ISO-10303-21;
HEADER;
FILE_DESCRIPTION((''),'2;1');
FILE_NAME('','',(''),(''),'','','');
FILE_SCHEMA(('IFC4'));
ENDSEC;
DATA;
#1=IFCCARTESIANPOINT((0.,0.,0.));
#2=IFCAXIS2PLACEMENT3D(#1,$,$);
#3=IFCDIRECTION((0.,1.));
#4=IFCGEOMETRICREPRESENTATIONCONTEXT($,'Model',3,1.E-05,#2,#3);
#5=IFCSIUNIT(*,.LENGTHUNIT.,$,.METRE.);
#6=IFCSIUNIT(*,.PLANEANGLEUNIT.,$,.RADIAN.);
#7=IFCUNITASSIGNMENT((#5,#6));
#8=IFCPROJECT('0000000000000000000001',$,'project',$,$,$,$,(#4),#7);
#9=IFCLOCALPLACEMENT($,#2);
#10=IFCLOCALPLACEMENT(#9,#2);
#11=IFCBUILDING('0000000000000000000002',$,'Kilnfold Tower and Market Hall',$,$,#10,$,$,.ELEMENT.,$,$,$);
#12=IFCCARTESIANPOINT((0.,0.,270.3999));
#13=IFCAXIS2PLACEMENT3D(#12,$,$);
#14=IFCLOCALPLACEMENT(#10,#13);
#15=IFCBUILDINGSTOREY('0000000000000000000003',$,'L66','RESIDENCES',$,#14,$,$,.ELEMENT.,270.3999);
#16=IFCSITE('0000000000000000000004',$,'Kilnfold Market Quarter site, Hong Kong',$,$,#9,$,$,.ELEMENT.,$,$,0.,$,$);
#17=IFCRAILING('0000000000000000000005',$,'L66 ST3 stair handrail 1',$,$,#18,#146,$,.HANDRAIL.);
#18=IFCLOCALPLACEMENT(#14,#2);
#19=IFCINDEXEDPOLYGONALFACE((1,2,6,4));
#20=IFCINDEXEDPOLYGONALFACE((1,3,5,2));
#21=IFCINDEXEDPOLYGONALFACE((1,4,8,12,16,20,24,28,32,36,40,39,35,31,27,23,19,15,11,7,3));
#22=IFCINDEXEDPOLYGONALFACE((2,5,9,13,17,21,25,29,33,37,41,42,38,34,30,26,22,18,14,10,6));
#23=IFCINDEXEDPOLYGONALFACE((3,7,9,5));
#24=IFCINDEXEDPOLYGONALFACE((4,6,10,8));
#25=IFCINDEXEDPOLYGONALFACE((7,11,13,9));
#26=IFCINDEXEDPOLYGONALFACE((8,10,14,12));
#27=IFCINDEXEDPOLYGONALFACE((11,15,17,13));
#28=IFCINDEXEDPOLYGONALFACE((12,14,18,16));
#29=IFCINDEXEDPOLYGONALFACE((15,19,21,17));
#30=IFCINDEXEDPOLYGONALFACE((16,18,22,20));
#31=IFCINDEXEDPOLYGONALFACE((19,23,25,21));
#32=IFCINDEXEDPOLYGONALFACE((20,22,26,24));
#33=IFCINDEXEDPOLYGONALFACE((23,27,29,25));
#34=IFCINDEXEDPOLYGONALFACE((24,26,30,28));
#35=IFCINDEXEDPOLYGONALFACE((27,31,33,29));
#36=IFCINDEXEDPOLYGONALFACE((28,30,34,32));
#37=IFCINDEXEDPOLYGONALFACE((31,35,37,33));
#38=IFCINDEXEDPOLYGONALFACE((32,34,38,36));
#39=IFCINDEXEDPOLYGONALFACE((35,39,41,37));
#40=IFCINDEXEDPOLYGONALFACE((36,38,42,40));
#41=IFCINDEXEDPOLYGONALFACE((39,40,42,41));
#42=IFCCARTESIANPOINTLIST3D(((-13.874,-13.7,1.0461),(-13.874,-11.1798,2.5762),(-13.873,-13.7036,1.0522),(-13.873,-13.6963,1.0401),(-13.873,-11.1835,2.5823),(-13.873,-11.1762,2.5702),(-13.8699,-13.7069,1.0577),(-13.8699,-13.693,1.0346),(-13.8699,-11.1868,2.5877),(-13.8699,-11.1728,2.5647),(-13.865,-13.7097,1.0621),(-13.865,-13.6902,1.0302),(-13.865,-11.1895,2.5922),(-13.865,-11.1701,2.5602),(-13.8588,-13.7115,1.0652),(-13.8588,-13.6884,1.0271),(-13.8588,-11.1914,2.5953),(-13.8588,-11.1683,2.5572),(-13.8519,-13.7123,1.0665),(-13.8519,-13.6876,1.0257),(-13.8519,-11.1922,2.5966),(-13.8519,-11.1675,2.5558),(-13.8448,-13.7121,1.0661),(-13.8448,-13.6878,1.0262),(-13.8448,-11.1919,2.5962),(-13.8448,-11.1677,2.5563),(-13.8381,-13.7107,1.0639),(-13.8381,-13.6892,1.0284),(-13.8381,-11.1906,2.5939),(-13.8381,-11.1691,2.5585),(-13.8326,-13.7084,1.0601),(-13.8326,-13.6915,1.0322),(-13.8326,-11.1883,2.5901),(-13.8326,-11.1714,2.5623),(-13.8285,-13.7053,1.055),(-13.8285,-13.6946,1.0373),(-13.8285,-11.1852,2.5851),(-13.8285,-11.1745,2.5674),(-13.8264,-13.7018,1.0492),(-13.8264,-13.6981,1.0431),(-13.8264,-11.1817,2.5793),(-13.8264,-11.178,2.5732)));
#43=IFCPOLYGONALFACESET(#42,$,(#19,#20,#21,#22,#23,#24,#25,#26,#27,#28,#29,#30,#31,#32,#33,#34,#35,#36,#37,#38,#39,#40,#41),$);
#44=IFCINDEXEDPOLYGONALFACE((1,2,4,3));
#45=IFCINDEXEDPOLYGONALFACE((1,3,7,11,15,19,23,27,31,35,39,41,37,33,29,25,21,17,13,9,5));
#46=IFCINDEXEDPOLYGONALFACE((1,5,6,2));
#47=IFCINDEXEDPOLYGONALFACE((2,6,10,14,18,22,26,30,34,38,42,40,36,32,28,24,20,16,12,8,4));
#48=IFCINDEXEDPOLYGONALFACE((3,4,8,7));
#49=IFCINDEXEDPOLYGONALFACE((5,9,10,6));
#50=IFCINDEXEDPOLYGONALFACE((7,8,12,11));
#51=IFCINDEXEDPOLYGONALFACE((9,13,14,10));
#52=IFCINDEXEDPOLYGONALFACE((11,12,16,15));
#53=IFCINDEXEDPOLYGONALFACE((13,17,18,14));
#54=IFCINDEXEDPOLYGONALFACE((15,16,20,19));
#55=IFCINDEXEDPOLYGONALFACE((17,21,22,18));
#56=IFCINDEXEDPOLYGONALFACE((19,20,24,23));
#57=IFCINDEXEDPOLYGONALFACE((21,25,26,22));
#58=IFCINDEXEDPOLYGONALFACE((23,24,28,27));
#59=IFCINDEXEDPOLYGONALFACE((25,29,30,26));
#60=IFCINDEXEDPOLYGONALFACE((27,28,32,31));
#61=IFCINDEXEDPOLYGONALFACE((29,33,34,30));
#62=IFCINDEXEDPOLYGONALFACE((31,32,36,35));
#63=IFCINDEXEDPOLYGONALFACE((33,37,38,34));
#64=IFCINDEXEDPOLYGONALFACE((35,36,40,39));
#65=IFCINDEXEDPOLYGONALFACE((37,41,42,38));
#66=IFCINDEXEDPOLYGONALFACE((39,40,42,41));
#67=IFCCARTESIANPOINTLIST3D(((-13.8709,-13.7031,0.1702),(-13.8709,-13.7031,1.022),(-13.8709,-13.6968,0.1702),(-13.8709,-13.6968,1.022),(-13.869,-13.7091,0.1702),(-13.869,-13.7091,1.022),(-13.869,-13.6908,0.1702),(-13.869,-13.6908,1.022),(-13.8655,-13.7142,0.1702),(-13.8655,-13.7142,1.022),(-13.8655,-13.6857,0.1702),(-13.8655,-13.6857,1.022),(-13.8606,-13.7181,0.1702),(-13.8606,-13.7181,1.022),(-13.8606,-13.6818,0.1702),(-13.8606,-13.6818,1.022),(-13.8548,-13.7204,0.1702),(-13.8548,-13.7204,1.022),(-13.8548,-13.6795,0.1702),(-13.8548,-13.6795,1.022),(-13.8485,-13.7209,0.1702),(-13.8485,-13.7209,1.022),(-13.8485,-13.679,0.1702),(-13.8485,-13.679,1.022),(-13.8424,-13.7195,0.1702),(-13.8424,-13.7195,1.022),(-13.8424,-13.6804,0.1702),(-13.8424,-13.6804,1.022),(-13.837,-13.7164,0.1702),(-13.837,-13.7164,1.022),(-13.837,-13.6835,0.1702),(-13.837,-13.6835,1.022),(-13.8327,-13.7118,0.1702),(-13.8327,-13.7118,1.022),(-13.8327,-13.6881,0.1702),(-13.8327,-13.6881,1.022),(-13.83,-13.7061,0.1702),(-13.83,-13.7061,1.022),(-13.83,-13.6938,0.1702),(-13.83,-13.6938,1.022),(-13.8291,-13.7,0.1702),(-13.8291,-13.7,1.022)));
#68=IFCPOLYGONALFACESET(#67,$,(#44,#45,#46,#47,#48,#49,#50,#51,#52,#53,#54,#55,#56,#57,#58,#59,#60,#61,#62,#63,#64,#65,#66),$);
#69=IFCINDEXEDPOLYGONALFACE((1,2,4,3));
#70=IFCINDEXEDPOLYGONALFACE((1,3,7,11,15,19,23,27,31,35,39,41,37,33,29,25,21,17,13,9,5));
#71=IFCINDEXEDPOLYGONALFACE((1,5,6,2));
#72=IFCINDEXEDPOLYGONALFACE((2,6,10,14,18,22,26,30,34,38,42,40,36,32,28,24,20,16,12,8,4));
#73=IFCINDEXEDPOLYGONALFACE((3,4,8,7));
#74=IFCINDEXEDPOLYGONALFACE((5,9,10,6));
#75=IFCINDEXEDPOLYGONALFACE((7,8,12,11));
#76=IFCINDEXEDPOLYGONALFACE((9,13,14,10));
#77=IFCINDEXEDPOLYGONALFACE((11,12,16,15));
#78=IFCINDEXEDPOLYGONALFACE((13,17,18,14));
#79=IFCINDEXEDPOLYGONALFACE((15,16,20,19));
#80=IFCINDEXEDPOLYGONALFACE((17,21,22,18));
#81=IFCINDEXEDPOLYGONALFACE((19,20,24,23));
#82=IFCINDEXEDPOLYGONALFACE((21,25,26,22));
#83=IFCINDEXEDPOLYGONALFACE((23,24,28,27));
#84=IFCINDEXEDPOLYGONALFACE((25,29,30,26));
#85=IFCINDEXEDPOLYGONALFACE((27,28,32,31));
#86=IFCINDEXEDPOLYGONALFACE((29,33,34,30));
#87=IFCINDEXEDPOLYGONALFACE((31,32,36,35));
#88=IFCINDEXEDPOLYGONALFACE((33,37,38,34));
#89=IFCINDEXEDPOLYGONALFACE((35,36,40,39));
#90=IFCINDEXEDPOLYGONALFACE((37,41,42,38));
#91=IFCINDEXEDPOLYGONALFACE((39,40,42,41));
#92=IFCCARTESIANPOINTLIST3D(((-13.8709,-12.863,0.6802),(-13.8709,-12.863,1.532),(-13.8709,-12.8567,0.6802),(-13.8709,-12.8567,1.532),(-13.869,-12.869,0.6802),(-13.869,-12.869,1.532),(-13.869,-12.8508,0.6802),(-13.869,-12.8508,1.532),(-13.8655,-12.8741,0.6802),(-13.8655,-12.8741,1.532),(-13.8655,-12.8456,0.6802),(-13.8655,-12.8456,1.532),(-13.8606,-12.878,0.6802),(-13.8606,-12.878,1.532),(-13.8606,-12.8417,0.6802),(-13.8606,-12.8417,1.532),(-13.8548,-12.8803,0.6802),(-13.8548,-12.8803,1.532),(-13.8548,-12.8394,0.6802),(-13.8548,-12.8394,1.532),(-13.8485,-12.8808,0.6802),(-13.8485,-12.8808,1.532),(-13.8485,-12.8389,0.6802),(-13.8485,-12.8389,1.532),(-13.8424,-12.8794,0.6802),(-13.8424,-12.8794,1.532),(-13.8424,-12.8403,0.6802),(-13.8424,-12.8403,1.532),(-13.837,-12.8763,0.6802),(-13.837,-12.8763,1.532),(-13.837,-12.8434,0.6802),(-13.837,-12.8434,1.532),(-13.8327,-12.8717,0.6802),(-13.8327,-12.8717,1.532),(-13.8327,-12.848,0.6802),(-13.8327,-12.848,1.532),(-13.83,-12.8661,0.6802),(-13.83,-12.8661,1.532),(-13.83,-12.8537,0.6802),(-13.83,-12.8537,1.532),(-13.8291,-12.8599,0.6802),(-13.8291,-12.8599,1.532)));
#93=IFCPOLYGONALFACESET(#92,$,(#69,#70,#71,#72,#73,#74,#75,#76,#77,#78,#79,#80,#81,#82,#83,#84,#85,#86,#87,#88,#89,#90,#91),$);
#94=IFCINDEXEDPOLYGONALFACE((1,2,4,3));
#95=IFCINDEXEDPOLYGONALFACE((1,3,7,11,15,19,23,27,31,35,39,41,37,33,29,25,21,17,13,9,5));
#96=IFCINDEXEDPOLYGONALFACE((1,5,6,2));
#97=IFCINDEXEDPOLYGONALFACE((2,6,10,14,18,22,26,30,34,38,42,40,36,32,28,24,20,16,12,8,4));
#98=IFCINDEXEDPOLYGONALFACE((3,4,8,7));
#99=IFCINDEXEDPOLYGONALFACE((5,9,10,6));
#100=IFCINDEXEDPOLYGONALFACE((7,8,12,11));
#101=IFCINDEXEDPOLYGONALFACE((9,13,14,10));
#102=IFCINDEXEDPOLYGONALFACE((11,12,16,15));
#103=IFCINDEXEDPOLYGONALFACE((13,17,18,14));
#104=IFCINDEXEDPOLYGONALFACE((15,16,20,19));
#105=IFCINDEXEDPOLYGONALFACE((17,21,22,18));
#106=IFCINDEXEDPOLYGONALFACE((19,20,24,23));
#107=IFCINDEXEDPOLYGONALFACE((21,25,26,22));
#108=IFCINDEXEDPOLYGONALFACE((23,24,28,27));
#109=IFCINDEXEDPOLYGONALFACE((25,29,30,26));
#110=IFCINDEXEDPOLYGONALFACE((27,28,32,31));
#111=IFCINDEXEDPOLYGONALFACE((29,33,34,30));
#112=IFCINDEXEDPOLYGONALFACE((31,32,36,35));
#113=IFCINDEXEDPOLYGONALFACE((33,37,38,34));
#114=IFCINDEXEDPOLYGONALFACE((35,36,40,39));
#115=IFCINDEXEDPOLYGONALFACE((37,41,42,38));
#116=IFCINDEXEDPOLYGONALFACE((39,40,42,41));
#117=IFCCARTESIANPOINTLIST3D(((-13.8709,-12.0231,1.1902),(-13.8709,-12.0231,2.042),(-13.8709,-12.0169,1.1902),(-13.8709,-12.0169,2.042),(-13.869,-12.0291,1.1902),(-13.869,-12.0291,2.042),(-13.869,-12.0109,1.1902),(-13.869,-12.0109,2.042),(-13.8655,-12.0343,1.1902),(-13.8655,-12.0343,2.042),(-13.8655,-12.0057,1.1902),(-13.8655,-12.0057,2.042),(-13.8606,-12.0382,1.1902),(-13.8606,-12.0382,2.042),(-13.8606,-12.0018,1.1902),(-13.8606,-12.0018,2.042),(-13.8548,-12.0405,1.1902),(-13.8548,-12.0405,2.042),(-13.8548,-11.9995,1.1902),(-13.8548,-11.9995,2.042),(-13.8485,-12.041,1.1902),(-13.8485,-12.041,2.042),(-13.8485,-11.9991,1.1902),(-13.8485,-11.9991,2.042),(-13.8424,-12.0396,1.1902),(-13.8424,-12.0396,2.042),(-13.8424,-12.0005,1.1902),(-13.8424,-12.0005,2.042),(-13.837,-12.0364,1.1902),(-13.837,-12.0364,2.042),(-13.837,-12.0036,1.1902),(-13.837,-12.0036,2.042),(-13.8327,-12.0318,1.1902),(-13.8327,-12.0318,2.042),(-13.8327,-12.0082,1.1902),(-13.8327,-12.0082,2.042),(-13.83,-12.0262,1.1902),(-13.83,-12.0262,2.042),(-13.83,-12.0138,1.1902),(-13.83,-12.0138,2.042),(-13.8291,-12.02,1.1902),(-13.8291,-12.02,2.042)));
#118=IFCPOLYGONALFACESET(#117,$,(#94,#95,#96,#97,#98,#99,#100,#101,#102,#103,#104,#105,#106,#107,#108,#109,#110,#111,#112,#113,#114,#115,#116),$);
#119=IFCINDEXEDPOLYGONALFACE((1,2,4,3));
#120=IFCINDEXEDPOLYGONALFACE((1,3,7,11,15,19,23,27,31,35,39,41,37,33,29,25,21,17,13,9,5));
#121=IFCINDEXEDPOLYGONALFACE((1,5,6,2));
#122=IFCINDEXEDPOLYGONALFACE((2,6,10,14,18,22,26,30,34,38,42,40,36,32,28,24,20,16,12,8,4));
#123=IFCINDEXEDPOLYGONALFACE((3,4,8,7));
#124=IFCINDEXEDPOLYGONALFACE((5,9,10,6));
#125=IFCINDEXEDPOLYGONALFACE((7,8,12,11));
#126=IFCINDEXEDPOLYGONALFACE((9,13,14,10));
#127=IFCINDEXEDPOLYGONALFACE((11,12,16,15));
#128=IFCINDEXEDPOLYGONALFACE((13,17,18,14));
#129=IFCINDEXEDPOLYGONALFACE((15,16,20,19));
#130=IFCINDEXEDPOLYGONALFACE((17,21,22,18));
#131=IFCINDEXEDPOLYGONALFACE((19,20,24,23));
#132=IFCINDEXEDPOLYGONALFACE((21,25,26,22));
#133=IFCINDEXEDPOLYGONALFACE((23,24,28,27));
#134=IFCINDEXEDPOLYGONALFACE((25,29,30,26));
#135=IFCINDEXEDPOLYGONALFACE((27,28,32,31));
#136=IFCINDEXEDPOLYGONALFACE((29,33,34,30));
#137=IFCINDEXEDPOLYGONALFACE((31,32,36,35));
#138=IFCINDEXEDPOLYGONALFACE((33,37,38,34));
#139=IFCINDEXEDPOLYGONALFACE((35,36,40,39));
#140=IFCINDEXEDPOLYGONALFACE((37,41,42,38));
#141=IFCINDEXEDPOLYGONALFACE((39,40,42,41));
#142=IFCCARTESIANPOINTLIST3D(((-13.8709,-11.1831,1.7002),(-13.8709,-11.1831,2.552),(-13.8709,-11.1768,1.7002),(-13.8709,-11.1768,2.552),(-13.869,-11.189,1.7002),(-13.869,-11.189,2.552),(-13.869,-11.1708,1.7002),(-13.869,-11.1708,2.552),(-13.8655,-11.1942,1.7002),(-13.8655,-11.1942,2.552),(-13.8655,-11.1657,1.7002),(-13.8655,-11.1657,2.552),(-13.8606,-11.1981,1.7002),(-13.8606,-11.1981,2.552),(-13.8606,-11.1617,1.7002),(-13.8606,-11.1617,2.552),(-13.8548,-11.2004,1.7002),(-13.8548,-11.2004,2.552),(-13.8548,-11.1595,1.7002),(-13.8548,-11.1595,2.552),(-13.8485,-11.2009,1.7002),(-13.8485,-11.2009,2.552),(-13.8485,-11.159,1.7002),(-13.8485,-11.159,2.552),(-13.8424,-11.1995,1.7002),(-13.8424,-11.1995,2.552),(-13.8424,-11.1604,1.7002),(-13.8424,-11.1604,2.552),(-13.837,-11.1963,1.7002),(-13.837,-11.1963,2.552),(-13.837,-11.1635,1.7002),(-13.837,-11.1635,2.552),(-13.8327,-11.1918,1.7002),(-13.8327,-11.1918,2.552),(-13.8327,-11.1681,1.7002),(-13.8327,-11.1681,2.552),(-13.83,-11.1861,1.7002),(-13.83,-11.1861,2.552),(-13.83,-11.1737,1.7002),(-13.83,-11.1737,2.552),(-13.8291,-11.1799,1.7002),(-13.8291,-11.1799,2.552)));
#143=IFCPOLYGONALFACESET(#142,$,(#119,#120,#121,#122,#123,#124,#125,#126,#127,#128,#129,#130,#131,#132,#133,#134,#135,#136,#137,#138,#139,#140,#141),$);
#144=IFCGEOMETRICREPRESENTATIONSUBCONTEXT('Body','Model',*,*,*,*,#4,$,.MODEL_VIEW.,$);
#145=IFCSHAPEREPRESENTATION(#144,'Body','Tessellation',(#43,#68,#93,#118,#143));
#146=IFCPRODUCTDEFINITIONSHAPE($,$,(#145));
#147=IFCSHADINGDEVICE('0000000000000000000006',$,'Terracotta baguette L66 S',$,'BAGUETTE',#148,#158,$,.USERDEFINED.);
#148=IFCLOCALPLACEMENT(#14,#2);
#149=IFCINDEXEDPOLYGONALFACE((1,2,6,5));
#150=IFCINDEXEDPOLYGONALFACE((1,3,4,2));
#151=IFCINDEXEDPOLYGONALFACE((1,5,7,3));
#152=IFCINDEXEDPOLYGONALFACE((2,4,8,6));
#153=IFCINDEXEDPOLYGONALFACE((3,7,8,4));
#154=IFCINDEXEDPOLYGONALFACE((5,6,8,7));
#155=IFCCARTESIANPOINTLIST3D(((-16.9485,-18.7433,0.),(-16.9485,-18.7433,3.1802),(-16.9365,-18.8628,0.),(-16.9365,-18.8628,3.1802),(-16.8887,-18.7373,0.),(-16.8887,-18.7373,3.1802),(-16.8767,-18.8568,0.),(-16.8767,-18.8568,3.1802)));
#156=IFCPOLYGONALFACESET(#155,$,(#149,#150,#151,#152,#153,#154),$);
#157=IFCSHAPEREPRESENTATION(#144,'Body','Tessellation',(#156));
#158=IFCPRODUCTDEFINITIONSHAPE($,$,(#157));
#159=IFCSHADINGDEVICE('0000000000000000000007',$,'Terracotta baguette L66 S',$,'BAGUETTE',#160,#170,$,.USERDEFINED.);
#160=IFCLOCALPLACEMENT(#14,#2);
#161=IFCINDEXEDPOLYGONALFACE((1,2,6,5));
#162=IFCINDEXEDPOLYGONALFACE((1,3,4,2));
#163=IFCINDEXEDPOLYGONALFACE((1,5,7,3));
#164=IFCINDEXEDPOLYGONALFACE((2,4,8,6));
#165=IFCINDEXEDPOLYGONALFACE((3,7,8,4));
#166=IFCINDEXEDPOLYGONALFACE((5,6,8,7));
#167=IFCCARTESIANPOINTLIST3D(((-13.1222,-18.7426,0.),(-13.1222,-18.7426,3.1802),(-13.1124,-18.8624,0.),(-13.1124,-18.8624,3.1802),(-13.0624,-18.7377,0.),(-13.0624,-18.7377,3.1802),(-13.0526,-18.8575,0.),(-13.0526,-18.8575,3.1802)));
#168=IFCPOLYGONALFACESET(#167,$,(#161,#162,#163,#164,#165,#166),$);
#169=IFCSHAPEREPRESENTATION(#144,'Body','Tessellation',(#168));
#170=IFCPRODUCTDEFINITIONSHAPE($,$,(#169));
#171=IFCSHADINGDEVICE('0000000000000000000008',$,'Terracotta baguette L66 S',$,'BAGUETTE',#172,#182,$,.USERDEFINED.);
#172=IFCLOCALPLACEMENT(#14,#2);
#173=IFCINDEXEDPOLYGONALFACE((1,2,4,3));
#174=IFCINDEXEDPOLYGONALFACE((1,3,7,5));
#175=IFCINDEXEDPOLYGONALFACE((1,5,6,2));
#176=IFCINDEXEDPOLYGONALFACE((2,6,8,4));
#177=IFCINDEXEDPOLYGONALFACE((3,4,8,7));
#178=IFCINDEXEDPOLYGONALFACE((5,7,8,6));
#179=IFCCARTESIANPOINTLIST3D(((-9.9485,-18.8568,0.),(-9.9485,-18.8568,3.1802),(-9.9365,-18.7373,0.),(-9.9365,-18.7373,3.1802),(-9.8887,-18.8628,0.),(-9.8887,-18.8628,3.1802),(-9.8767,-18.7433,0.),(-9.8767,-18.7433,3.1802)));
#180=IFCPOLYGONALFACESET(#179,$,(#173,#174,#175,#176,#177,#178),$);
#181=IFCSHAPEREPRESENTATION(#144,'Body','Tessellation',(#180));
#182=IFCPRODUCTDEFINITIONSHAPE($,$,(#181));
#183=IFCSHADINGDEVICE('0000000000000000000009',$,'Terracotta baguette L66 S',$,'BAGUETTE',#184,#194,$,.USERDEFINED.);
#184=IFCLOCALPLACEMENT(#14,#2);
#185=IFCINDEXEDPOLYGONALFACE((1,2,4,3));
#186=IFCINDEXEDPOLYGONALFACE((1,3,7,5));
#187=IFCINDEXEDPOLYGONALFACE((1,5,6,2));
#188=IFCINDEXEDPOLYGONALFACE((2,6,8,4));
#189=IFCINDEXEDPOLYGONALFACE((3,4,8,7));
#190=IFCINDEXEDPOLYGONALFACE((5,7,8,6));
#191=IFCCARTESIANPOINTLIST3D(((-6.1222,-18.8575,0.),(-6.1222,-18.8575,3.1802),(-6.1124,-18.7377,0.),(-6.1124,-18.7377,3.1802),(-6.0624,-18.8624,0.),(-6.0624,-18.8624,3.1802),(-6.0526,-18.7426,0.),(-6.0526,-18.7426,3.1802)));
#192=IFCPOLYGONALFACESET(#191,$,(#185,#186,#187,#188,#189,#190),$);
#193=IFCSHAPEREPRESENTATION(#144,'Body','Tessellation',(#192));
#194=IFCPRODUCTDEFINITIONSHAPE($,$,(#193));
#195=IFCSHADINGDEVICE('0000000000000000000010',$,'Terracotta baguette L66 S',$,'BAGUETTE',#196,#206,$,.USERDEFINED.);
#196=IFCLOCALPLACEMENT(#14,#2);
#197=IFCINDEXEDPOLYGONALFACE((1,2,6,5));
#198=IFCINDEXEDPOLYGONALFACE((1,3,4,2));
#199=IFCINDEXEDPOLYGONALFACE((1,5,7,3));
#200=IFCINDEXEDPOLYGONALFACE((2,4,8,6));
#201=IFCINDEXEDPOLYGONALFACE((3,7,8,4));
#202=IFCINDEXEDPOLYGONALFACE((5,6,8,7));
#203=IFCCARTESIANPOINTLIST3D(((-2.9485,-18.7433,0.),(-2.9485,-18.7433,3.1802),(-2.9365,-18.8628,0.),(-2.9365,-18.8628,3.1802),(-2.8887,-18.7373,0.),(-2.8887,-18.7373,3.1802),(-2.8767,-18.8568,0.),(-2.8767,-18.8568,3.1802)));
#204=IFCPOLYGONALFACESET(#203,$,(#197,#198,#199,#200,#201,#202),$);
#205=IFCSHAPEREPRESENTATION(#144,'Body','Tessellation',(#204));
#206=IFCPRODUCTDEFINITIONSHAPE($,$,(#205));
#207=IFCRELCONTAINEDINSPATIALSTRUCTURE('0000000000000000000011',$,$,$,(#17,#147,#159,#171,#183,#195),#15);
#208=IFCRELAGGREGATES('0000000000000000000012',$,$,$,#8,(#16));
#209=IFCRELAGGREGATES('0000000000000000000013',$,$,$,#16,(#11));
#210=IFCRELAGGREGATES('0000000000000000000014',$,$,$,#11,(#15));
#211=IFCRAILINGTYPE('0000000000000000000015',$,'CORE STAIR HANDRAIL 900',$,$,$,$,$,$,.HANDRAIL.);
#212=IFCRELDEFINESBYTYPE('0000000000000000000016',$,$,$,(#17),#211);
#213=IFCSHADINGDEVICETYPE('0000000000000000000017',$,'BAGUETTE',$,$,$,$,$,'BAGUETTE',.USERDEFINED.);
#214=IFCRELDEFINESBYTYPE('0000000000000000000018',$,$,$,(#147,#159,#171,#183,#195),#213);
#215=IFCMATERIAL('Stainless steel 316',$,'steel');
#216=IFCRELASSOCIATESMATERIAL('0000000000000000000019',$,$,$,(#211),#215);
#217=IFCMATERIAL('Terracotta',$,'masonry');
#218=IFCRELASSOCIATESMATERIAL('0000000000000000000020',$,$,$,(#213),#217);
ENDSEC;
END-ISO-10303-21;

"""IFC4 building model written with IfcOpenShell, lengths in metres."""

from ifc_helpers import new_model, si_unit, direction, frame, origin, origin_2d, place, context, subcontext, project, spatial, rectangle, circle, extrude, source, transform, mapped, material, material_profile, profile_set, type_object, element, save


model = new_model("IFC4")

# Units and contexts
model_context = context("Model", 3, precision=1e-05, world=origin(), true_north=direction((0.0, 1.0)))
body_context = subcontext(model_context, "Body", "Model", "MODEL_VIEW")
ifc_project = project(units=[si_unit("LENGTHUNIT", "METRE"), si_unit("PLANEANGLEUNIT", "RADIAN")], contexts=[model_context])

# Site, building, storey
site_placement = place(None, origin())
site = spatial("IfcSite", under=ifc_project, at=site_placement, Name="Kilnfold Market Quarter site, Hong Kong", CompositionType="ELEMENT", RefElevation=0.0)
building_placement = place(site_placement, origin())
building = spatial("IfcBuilding", under=site, at=building_placement, Name="Kilnfold Tower and Market Hall", CompositionType="ELEMENT")
storey_placement = place(building_placement, frame((0.0, 0.0, 270.3999)))
storey = spatial("IfcBuildingStorey", under=building, at=storey_placement, Name="L66", Description="RESIDENCES", CompositionType="ELEMENT", Elevation=270.3999)

# Railing
ifc_material_1 = material(Name="Stainless steel 316", Category="steel")
railing_type_1 = type_object("IfcRailingType", Name="CORE STAIR HANDRAIL 900", PredefinedType="HANDRAIL", material=ifc_material_1)
railing_1_placement = place(storey_placement, frame((-13.8501, -13.7, 0.1702)))
element("IfcRailing", 1, at=railing_1_placement, inside=storey, type_object=railing_type_1, Name="L66 ST3 stair handrail 1", PredefinedType="HANDRAIL", context=body_context, shape_type="SweptSolid", body=[
    extrude(circle(Radius=0.0239, at=origin_2d()), frame((0.0, 0.0, 0.876), z_axis=(0.0, 0.854785, 0.518982), x_axis=(-1.0, 0.0, 0.0)), (0.0, 0.0, 1.0), 2.9482),
    extrude(circle(Radius=0.021, at=origin_2d()), origin(), (0.0, 0.0, 1.0), 0.8518),
    extrude(circle(Radius=0.021, at=origin_2d()), frame((0.0, 0.8401, 0.51)), (0.0, 0.0, 1.0), 0.8518),
    extrude(circle(Radius=0.021, at=origin_2d()), frame((0.0, 1.6799, 1.02)), (0.0, 0.0, 1.0), 0.8518),
    extrude(circle(Radius=0.021, at=origin_2d()), frame((0.0, 2.52, 1.53)), (0.0, 0.0, 1.0), 0.8518),
])

# Shading devices
ifc_material_2 = material(Name="Terracotta", Category="masonry")
ifc_material_profile_1 = material_profile(ifc_material_2, rectangle(XDim=0.0601, YDim=0.1201, at=origin_2d()), Name="BAG 60x120")
ifc_profile_set_1 = profile_set([ifc_material_profile_1], Name="Terracotta")
shading_device_type = type_object("IfcShadingDeviceType", Name="BAGUETTE", ElementType="BAGUETTE", PredefinedType="USERDEFINED", material=ifc_profile_set_1)
shared_shape_1 = source(origin(), body_context, "Body", "SweptSolid", [
    extrude(rectangle(XDim=0.0601, YDim=0.1201, at=origin_2d()), origin(), (0.0, 0.0, 1.0), 3.1802),
])
for number, where, z_axis, x_axis, name in (
    (2, (-16.9126, -18.8, 0.0), (0.0, 0.0, 1.0), (0.994984, 0.100037, 0.0), "Terracotta baguette L66 S"),
    (3, (-13.0874, -18.8, 0.0), (0.0, 0.0, 1.0), (0.996669, 0.081549, 0.0), "Terracotta baguette L66 S"),
    (4, (-9.9126, -18.8, 0.0), (0.0, 0.0, 1.0), (0.994984, -0.100037, 0.0), "Terracotta baguette L66 S"),
    (5, (-6.0874, -18.8, 0.0), (0.0, 0.0, 1.0), (0.996669, -0.081549, 0.0), "Terracotta baguette L66 S"),
    (6, (-2.9126, -18.8, 0.0), (0.0, 0.0, 1.0), (0.994984, 0.100037, 0.0), "Terracotta baguette L66 S"),
):
    element("IfcShadingDevice", number, at=place(storey_placement, frame(where, z_axis=z_axis, x_axis=x_axis)), inside=storey, type_object=shading_device_type, Name=name, ObjectType="BAGUETTE", PredefinedType="USERDEFINED", context=body_context, shape_type="MappedRepresentation", body=[
        mapped(shared_shape_1, transform((0.0, 0.0, 0.0))),
    ])

save(model, "model.ifc")
